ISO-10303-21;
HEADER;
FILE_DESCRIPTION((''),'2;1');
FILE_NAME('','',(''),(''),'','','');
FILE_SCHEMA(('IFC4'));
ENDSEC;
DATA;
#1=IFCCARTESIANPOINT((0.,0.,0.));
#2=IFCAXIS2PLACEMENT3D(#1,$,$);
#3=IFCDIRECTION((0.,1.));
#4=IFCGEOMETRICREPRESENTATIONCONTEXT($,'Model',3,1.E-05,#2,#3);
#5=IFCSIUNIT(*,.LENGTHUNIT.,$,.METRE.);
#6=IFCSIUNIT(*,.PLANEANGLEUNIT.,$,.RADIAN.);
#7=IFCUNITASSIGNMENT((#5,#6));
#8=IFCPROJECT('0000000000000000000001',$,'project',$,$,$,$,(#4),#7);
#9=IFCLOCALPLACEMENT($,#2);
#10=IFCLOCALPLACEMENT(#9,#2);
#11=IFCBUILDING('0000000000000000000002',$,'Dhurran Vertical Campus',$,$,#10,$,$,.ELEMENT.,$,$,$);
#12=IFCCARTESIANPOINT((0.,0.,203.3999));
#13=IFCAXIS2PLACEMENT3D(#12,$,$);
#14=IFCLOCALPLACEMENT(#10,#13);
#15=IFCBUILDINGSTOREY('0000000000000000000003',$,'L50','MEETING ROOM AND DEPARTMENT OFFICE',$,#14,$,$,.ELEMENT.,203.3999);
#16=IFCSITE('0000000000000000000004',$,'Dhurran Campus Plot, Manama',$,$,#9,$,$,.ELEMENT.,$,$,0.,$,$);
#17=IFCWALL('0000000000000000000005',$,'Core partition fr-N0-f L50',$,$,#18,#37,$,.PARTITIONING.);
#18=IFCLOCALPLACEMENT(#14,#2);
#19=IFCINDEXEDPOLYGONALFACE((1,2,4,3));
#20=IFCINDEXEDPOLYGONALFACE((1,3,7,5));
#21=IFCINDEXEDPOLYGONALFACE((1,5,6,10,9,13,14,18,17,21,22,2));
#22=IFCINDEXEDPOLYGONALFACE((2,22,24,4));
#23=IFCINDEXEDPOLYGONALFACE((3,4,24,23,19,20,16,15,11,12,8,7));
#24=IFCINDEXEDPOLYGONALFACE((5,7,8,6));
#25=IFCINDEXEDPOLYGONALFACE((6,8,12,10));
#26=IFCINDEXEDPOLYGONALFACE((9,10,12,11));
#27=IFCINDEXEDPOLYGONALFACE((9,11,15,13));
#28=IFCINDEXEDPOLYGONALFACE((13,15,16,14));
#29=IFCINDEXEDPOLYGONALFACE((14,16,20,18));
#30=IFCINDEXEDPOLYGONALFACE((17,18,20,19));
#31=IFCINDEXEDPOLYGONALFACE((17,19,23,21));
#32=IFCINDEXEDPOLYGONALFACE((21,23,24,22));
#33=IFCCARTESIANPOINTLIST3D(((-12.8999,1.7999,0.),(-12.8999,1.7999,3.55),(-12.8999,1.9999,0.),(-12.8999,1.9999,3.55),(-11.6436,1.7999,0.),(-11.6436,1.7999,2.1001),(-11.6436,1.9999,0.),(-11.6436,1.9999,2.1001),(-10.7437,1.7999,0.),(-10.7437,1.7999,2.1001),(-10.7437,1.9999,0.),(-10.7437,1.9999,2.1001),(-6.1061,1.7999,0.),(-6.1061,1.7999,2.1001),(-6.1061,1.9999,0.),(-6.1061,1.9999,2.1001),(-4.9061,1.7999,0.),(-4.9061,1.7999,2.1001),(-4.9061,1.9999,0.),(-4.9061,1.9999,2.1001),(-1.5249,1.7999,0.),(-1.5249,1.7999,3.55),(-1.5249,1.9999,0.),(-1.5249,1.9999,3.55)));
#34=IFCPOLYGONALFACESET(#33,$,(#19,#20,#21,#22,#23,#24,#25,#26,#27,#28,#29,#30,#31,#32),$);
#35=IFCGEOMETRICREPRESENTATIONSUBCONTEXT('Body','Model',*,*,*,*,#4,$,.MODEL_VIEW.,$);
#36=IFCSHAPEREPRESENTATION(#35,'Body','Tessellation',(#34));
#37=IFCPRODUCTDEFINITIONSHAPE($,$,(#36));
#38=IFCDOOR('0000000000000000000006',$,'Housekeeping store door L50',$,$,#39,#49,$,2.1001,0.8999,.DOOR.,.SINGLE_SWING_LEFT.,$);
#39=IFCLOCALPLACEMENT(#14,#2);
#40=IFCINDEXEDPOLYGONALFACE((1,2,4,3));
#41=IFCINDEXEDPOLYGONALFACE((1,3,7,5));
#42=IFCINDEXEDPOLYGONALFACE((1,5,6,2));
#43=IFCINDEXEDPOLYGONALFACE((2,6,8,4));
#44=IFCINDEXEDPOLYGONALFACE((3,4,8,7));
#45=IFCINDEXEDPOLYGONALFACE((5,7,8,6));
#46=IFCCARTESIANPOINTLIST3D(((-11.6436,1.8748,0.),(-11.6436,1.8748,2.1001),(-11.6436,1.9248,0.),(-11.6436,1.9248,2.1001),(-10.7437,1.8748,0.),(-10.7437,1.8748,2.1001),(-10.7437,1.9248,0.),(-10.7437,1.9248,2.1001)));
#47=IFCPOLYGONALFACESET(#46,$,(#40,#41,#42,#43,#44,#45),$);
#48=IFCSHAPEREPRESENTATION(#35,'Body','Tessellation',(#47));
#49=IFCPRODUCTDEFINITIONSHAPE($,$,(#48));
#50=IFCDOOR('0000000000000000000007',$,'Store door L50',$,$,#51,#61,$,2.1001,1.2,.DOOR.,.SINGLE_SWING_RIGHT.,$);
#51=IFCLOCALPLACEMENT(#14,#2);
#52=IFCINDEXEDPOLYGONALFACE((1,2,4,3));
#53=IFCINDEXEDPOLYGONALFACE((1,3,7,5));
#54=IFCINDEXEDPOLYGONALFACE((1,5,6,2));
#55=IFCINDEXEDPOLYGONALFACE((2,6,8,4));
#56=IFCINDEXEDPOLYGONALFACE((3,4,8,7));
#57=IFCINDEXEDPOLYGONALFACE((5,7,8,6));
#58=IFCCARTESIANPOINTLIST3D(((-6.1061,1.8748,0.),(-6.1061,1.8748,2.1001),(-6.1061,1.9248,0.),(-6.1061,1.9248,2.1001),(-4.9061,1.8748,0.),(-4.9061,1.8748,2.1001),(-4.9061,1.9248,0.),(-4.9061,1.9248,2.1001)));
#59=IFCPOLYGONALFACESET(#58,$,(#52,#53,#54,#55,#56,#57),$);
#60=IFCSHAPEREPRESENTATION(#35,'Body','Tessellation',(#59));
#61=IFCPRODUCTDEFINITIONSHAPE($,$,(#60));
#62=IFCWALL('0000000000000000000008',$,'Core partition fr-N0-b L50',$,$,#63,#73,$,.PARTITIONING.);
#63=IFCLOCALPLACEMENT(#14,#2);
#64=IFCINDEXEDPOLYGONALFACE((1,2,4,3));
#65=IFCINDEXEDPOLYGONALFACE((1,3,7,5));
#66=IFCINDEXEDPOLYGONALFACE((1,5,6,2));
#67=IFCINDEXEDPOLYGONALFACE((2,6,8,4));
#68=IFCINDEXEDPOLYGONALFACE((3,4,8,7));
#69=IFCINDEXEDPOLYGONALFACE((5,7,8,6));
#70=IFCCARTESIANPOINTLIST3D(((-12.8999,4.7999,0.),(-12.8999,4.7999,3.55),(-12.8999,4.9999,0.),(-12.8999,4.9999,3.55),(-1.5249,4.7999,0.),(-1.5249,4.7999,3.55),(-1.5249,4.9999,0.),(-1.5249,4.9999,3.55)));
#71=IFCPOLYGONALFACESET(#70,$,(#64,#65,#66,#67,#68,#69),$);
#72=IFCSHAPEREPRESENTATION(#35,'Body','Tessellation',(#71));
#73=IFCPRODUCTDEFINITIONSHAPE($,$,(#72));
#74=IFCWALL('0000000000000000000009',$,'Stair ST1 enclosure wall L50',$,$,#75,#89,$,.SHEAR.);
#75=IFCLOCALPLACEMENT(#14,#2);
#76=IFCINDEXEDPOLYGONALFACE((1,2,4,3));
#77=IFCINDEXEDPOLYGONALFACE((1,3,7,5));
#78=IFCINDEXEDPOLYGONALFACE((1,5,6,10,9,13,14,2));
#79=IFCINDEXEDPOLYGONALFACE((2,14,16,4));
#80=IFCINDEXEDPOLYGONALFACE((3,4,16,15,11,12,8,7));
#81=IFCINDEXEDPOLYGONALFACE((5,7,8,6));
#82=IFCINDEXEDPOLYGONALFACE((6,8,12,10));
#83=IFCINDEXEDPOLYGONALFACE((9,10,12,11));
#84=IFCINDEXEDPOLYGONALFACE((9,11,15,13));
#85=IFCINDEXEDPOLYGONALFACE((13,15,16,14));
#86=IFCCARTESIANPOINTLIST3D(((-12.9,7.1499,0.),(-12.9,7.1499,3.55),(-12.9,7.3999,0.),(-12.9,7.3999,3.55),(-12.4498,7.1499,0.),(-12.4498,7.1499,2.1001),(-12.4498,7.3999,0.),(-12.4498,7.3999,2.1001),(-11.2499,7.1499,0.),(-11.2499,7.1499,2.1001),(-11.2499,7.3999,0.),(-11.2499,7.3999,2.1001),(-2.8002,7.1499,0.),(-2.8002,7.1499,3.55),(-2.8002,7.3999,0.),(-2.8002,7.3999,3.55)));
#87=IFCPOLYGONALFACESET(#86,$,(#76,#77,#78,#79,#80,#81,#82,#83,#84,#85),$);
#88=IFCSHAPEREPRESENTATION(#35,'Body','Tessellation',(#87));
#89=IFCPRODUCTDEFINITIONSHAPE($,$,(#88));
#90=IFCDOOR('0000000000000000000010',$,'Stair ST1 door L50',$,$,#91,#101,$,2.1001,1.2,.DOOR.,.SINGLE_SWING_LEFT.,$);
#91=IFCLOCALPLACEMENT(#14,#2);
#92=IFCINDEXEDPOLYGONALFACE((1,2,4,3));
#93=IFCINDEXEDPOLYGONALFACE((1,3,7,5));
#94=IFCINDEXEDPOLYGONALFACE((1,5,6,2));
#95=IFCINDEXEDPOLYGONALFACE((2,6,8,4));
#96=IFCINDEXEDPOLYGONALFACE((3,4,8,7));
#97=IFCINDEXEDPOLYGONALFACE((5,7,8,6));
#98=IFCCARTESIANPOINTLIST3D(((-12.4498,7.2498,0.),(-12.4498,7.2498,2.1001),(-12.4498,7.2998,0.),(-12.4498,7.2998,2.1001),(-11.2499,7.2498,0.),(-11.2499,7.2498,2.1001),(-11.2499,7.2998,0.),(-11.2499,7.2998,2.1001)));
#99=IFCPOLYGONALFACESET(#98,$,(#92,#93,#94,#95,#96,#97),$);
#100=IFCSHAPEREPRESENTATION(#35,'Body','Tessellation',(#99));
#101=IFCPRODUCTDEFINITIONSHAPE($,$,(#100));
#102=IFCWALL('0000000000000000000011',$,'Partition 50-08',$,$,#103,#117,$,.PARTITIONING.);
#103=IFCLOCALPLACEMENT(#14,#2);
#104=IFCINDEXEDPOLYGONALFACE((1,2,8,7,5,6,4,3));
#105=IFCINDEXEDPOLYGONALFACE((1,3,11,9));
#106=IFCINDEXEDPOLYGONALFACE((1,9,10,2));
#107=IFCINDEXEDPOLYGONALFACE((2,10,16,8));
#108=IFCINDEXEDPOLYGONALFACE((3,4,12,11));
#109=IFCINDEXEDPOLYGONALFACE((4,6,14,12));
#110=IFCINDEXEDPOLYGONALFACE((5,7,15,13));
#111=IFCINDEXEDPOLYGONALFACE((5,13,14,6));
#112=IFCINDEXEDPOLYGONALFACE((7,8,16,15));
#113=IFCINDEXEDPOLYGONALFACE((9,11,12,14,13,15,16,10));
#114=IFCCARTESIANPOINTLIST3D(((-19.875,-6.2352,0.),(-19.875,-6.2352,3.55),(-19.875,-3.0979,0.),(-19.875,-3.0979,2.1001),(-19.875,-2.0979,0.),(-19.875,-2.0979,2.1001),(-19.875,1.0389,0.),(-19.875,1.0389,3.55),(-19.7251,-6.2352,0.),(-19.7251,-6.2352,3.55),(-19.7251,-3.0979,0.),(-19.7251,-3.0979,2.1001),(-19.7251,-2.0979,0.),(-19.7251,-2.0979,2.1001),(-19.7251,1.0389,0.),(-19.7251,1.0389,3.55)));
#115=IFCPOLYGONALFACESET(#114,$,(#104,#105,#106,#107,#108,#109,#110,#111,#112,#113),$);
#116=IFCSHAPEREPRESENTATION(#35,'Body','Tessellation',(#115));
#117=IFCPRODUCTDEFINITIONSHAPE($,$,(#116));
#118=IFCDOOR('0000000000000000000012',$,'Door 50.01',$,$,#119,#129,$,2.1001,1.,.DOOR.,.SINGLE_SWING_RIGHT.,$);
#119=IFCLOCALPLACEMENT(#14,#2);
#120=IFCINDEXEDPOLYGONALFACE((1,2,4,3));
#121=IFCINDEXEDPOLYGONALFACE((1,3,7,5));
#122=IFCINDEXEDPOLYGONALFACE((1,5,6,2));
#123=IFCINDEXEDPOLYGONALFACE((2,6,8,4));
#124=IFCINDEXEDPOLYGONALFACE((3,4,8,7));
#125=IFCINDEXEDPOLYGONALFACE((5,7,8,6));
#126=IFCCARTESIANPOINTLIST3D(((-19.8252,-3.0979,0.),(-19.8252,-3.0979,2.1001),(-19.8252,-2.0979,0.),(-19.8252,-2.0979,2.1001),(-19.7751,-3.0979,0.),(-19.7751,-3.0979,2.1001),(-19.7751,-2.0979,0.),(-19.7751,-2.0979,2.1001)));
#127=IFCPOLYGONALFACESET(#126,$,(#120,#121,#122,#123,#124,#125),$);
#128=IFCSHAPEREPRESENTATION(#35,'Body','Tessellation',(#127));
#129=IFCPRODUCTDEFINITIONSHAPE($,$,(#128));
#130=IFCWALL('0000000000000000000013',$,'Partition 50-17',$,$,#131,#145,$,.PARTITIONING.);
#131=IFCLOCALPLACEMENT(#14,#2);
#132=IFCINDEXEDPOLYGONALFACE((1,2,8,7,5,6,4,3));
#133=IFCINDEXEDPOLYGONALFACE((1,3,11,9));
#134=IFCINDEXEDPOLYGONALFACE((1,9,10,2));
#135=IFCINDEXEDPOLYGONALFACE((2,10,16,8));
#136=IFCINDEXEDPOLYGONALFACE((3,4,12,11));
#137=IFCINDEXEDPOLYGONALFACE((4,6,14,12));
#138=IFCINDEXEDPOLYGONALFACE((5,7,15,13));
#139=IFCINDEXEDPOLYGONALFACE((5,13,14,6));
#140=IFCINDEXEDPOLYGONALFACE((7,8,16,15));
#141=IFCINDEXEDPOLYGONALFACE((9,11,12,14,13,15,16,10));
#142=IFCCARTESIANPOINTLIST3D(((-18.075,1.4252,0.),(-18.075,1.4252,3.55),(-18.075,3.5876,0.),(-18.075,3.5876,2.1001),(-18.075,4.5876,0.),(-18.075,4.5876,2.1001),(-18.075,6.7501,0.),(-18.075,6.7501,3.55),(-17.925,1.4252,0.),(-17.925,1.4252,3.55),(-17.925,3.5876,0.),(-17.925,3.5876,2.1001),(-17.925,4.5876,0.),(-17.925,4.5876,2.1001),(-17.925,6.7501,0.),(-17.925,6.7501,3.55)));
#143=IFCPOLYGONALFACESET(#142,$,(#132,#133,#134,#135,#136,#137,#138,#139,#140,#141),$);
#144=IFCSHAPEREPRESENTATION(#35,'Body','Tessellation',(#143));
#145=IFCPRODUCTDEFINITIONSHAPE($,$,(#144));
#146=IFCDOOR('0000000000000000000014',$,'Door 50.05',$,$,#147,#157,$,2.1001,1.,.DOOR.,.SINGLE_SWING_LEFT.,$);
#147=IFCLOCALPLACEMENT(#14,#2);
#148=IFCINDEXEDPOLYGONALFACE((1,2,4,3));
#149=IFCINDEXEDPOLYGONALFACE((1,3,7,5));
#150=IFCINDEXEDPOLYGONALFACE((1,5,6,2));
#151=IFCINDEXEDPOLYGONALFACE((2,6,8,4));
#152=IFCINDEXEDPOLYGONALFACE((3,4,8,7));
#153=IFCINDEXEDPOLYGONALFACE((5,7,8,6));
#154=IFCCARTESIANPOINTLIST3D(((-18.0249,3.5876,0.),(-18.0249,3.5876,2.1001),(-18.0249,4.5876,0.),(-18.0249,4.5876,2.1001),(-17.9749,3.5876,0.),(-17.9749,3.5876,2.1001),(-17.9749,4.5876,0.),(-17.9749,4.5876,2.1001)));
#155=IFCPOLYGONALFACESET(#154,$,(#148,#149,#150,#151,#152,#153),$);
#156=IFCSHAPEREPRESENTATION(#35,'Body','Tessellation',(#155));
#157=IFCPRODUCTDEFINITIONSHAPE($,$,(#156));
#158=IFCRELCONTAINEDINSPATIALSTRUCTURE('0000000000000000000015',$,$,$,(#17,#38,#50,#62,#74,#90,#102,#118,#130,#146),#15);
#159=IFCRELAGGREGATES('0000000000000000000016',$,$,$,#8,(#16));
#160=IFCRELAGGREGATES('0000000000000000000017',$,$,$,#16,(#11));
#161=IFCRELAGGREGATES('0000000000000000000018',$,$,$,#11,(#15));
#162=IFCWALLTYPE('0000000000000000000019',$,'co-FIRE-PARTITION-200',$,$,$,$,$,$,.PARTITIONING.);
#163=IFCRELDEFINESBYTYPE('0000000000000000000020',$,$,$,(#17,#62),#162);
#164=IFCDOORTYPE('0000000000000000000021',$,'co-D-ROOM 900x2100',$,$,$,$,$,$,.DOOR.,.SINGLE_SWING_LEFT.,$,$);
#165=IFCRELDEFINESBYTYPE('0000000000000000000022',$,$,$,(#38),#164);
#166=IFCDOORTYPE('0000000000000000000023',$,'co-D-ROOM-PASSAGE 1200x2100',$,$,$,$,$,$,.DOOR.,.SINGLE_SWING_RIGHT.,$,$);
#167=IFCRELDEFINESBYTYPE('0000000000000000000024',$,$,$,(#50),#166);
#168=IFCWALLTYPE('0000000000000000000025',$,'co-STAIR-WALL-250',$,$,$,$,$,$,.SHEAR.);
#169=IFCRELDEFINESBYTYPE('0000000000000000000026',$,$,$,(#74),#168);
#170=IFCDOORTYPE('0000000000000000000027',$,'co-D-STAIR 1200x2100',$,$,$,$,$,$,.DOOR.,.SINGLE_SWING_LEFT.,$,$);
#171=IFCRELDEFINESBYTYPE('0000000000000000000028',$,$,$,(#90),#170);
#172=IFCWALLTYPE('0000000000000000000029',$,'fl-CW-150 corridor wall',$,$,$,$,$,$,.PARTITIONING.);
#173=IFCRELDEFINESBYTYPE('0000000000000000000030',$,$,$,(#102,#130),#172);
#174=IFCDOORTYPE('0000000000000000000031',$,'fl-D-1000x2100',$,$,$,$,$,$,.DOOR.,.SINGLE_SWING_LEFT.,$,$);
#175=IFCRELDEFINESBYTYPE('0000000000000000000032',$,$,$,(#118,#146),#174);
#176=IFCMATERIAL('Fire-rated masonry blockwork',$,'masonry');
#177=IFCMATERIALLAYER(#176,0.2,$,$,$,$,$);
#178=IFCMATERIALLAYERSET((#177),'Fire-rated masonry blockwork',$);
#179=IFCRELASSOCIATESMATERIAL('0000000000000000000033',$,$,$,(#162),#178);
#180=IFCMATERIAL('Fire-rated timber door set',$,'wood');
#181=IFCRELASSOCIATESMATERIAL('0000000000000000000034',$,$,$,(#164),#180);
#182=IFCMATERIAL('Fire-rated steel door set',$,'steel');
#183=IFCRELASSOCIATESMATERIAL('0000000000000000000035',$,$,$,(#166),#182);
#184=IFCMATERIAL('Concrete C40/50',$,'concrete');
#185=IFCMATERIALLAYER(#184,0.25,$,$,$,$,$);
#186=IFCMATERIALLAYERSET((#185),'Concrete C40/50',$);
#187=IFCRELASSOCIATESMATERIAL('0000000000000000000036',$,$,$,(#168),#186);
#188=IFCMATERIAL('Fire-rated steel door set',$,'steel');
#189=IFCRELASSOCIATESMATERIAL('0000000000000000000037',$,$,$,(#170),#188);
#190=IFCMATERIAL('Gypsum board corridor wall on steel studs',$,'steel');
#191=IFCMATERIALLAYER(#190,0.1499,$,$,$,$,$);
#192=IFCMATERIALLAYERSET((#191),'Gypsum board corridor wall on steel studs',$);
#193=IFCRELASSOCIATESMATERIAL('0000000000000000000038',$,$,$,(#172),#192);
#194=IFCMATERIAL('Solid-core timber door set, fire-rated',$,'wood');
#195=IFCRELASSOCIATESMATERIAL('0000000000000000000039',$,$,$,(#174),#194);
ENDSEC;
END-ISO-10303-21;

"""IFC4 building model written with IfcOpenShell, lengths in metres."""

from ifc_helpers import new_model, si_unit, direction, frame, frame_2d, origin, place, context, subcontext, project, spatial, rectangle, extrude, material, layer, layer_set, type_object, element, fill, save


model = new_model("IFC4")

# Units and contexts
model_context = context("Model", 3, precision=1e-05, world=origin(), true_north=direction((0.0, 1.0)))
body_context = subcontext(model_context, "Body", "Model", "MODEL_VIEW")
ifc_project = project(units=[si_unit("LENGTHUNIT", "METRE"), si_unit("PLANEANGLEUNIT", "RADIAN")], contexts=[model_context])

# Site, building, storey
site_placement = place(None, origin())
site = spatial("IfcSite", under=ifc_project, at=site_placement, Name="Dhurran Campus Plot, Manama", CompositionType="ELEMENT", RefElevation=0.0)
building_placement = place(site_placement, origin())
building = spatial("IfcBuilding", under=site, at=building_placement, Name="Dhurran Vertical Campus", CompositionType="ELEMENT")
storey_placement = place(building_placement, frame((0.0, 0.0, 203.3999)))
storey = spatial("IfcBuildingStorey", under=building, at=storey_placement, Name="L50", Description="MEETING ROOM AND DEPARTMENT OFFICE", CompositionType="ELEMENT", Elevation=203.3999)

# Wall, openings, doors
ifc_material_1 = material(Name="Fire-rated masonry blockwork", Category="masonry")
ifc_layer_1 = layer(ifc_material_1, 0.2)
ifc_layer_set_1 = layer_set([ifc_layer_1], Name="Fire-rated masonry blockwork")
wall_type_1 = type_object("IfcWallType", Name="co-FIRE-PARTITION-200", PredefinedType="PARTITIONING", material=ifc_layer_set_1)
wall_1_placement = place(storey_placement, frame((-12.8999, 1.8999, 0.0), z_axis=(0.0, 0.0, 1.0), x_axis=(1.0, 0.0, 0.0)))
wall_1 = element("IfcWall", 1, at=wall_1_placement, inside=storey, type_object=wall_type_1, Name="Core partition fr-N0-f L50", PredefinedType="PARTITIONING", context=body_context, shape_type="SweptSolid", body=[
    extrude(rectangle(XDim=11.375, YDim=0.2, at=frame_2d((5.6875, 0.0))), origin(), (0.0, 0.0, 1.0), 3.55),
])
opening_1_placement = place(wall_1_placement, frame((1.2563, 0.0, 0.0)))
opening_1 = element("IfcOpeningElement", 2, at=opening_1_placement, cuts=wall_1, PredefinedType="OPENING", context=body_context, shape_type="SweptSolid", body=[
    extrude(rectangle(XDim=0.8999, YDim=2.1001, at=frame_2d((0.45, 1.05))), frame((0.0, 0.1099, 0.0), z_axis=(0.0, -1.0, 0.0), x_axis=(1.0, 0.0, 0.0)), (0.0, 0.0, 1.0), 0.22),
])
opening_2_placement = place(wall_1_placement, frame((6.7937, 0.0, 0.0)))
opening_2 = element("IfcOpeningElement", 3, at=opening_2_placement, cuts=wall_1, PredefinedType="OPENING", context=body_context, shape_type="SweptSolid", body=[
    extrude(rectangle(XDim=1.2, YDim=2.1001, at=frame_2d((0.6001, 1.05))), frame((0.0, 0.1099, 0.0), z_axis=(0.0, -1.0, 0.0), x_axis=(1.0, 0.0, 0.0)), (0.0, 0.0, 1.0), 0.22),
])
ifc_material_2 = material(Name="Fire-rated timber door set", Category="wood")
door_type_1 = type_object("IfcDoorType", Name="co-D-ROOM 900x2100", OperationType="SINGLE_SWING_LEFT", PredefinedType="DOOR", material=ifc_material_2)
door_1_placement = place(opening_1_placement, origin())
door_1 = element("IfcDoor", 4, at=door_1_placement, inside=storey, type_object=door_type_1, Name="Housekeeping store door L50", OperationType="SINGLE_SWING_LEFT", OverallHeight=2.1001, OverallWidth=0.8999, PredefinedType="DOOR", context=body_context, shape_type="SweptSolid", body=[
    extrude(rectangle(XDim=0.8999, YDim=2.1001, at=frame_2d((0.45, 1.05))), frame((0.0, 0.0249, 0.0), z_axis=(0.0, -1.0, 0.0), x_axis=(1.0, 0.0, 0.0)), (0.0, 0.0, 1.0), 0.05),
])
fill(opening_1, door_1)
ifc_material_3 = material(Name="Fire-rated steel door set", Category="steel")
door_type_2 = type_object("IfcDoorType", Name="co-D-ROOM-PASSAGE 1200x2100", OperationType="SINGLE_SWING_RIGHT", PredefinedType="DOOR", material=ifc_material_3)
door_2_placement = place(opening_2_placement, origin())
door_2 = element("IfcDoor", 5, at=door_2_placement, inside=storey, type_object=door_type_2, Name="Store door L50", OperationType="SINGLE_SWING_RIGHT", OverallHeight=2.1001, OverallWidth=1.2, PredefinedType="DOOR", context=body_context, shape_type="SweptSolid", body=[
    extrude(rectangle(XDim=1.2, YDim=2.1001, at=frame_2d((0.6001, 1.05))), frame((0.0, 0.0249, 0.0), z_axis=(0.0, -1.0, 0.0), x_axis=(1.0, 0.0, 0.0)), (0.0, 0.0, 1.0), 0.05),
])
fill(opening_2, door_2)

# Wall
wall_2_placement = place(storey_placement, frame((-12.8999, 4.8999, 0.0), z_axis=(0.0, 0.0, 1.0), x_axis=(1.0, 0.0, 0.0)))
element("IfcWall", 6, at=wall_2_placement, inside=storey, type_object=wall_type_1, Name="Core partition fr-N0-b L50", PredefinedType="PARTITIONING", context=body_context, shape_type="SweptSolid", body=[
    extrude(rectangle(XDim=11.375, YDim=0.2, at=frame_2d((5.6875, 0.0))), origin(), (0.0, 0.0, 1.0), 3.55),
])

# Walls, openings, doors
ifc_material_4 = material(Name="Concrete C40/50", Category="concrete")
ifc_layer_2 = layer(ifc_material_4, 0.25)
ifc_layer_set_2 = layer_set([ifc_layer_2], Name="Concrete C40/50")
wall_type_2 = type_object("IfcWallType", Name="co-STAIR-WALL-250", PredefinedType="SHEAR", material=ifc_layer_set_2)
wall_3_placement = place(storey_placement, frame((-12.8999, 7.2749, 0.0), z_axis=(0.0, 0.0, 1.0), x_axis=(1.0, 0.0, 0.0)))
wall_3 = element("IfcWall", 7, at=wall_3_placement, inside=storey, type_object=wall_type_2, Name="Stair ST1 enclosure wall L50", PredefinedType="SHEAR", context=body_context, shape_type="SweptSolid", body=[
    extrude(rectangle(XDim=10.0999, YDim=0.25, at=frame_2d((5.0498, 0.0))), origin(), (0.0, 0.0, 1.0), 3.55),
])
opening_3_placement = place(wall_3_placement, frame((0.45, 0.0, 0.0)))
opening_3 = element("IfcOpeningElement", 8, at=opening_3_placement, cuts=wall_3, PredefinedType="OPENING", context=body_context, shape_type="SweptSolid", body=[
    extrude(rectangle(XDim=1.2, YDim=2.1001, at=frame_2d((0.6001, 1.05))), frame((0.0, 0.135, 0.0), z_axis=(0.0, -1.0, 0.0), x_axis=(1.0, 0.0, 0.0)), (0.0, 0.0, 1.0), 0.27),
])
ifc_material_5 = material(Name="Fire-rated steel door set", Category="steel")
door_type_3 = type_object("IfcDoorType", Name="co-D-STAIR 1200x2100", OperationType="SINGLE_SWING_LEFT", PredefinedType="DOOR", material=ifc_material_5)
door_3_placement = place(opening_3_placement, origin())
door_3 = element("IfcDoor", 9, at=door_3_placement, inside=storey, type_object=door_type_3, Name="Stair ST1 door L50", OperationType="SINGLE_SWING_LEFT", OverallHeight=2.1001, OverallWidth=1.2, PredefinedType="DOOR", context=body_context, shape_type="SweptSolid", body=[
    extrude(rectangle(XDim=1.2, YDim=2.1001, at=frame_2d((0.6001, 1.05))), frame((0.0, 0.0249, 0.0), z_axis=(0.0, -1.0, 0.0), x_axis=(1.0, 0.0, 0.0)), (0.0, 0.0, 1.0), 0.05),
])
fill(opening_3, door_3)
ifc_material_6 = material(Name="Gypsum board corridor wall on steel studs", Category="steel")
ifc_layer_3 = layer(ifc_material_6, 0.1499)
ifc_layer_set_3 = layer_set([ifc_layer_3], Name="Gypsum board corridor wall on steel studs")
wall_type_3 = type_object("IfcWallType", Name="fl-CW-150 corridor wall", PredefinedType="PARTITIONING", material=ifc_layer_set_3)
wall_4_placement = place(storey_placement, frame((-19.8, 1.0391, 0.0), z_axis=(0.0, 0.0, 1.0), x_axis=(0.0, -1.0, 0.0)))
wall_4 = element("IfcWall", 10, at=wall_4_placement, inside=storey, type_object=wall_type_3, Name="Partition 50-08", PredefinedType="PARTITIONING", context=body_context, shape_type="SweptSolid", body=[
    extrude(rectangle(XDim=7.2742, YDim=0.1499, at=frame_2d((3.6372, 0.0))), origin(), (0.0, 0.0, 1.0), 3.55),
])
opening_4_placement = place(wall_4_placement, frame((3.137, 0.0, 0.0)))
opening_4 = element("IfcOpeningElement", 11, at=opening_4_placement, cuts=wall_4, PredefinedType="OPENING", context=body_context, shape_type="SweptSolid", body=[
    extrude(rectangle(XDim=1.0, YDim=2.1001, at=frame_2d((0.5, 1.05))), frame((0.0, 0.085, 0.0), z_axis=(0.0, -1.0, 0.0), x_axis=(1.0, 0.0, 0.0)), (0.0, 0.0, 1.0), 0.1699),
])
ifc_material_7 = material(Name="Solid-core timber door set, fire-rated", Category="wood")
door_type_4 = type_object("IfcDoorType", Name="fl-D-1000x2100", OperationType="SINGLE_SWING_LEFT", PredefinedType="DOOR", material=ifc_material_7)
door_4_placement = place(opening_4_placement, origin())
door_4 = element("IfcDoor", 12, at=door_4_placement, inside=storey, type_object=door_type_4, Name="Door 50.01", OperationType="SINGLE_SWING_RIGHT", OverallHeight=2.1001, OverallWidth=1.0, PredefinedType="DOOR", context=body_context, shape_type="SweptSolid", body=[
    extrude(rectangle(XDim=1.0, YDim=2.1001, at=frame_2d((0.5, 1.05))), frame((0.0, 0.0249, 0.0), z_axis=(0.0, -1.0, 0.0), x_axis=(1.0, 0.0, 0.0)), (0.0, 0.0, 1.0), 0.05),
])
fill(opening_4, door_4)
wall_5_placement = place(storey_placement, frame((-18.0, 1.425, 0.0), z_axis=(0.0, 0.0, 1.0), x_axis=(0.0, 1.0, 0.0)))
wall_5 = element("IfcWall", 13, at=wall_5_placement, inside=storey, type_object=wall_type_3, Name="Partition 50-17", PredefinedType="PARTITIONING", context=body_context, shape_type="SweptSolid", body=[
    extrude(rectangle(XDim=5.325, YDim=0.1499, at=frame_2d((2.6626, 0.0))), origin(), (0.0, 0.0, 1.0), 3.55),
])
opening_5_placement = place(wall_5_placement, frame((2.1626, 0.0, 0.0)))
opening_5 = element("IfcOpeningElement", 14, at=opening_5_placement, cuts=wall_5, PredefinedType="OPENING", context=body_context, shape_type="SweptSolid", body=[
    extrude(rectangle(XDim=1.0, YDim=2.1001, at=frame_2d((0.5, 1.05))), frame((0.0, 0.085, 0.0), z_axis=(0.0, -1.0, 0.0), x_axis=(1.0, 0.0, 0.0)), (0.0, 0.0, 1.0), 0.1699),
])
door_5_placement = place(opening_5_placement, origin())
door_5 = element("IfcDoor", 15, at=door_5_placement, inside=storey, type_object=door_type_4, Name="Door 50.05", OperationType="SINGLE_SWING_LEFT", OverallHeight=2.1001, OverallWidth=1.0, PredefinedType="DOOR", context=body_context, shape_type="SweptSolid", body=[
    extrude(rectangle(XDim=1.0, YDim=2.1001, at=frame_2d((0.5, 1.05))), frame((0.0, 0.0249, 0.0), z_axis=(0.0, -1.0, 0.0), x_axis=(1.0, 0.0, 0.0)), (0.0, 0.0, 1.0), 0.05),
])
fill(opening_5, door_5)

save(model, "model.ifc")
